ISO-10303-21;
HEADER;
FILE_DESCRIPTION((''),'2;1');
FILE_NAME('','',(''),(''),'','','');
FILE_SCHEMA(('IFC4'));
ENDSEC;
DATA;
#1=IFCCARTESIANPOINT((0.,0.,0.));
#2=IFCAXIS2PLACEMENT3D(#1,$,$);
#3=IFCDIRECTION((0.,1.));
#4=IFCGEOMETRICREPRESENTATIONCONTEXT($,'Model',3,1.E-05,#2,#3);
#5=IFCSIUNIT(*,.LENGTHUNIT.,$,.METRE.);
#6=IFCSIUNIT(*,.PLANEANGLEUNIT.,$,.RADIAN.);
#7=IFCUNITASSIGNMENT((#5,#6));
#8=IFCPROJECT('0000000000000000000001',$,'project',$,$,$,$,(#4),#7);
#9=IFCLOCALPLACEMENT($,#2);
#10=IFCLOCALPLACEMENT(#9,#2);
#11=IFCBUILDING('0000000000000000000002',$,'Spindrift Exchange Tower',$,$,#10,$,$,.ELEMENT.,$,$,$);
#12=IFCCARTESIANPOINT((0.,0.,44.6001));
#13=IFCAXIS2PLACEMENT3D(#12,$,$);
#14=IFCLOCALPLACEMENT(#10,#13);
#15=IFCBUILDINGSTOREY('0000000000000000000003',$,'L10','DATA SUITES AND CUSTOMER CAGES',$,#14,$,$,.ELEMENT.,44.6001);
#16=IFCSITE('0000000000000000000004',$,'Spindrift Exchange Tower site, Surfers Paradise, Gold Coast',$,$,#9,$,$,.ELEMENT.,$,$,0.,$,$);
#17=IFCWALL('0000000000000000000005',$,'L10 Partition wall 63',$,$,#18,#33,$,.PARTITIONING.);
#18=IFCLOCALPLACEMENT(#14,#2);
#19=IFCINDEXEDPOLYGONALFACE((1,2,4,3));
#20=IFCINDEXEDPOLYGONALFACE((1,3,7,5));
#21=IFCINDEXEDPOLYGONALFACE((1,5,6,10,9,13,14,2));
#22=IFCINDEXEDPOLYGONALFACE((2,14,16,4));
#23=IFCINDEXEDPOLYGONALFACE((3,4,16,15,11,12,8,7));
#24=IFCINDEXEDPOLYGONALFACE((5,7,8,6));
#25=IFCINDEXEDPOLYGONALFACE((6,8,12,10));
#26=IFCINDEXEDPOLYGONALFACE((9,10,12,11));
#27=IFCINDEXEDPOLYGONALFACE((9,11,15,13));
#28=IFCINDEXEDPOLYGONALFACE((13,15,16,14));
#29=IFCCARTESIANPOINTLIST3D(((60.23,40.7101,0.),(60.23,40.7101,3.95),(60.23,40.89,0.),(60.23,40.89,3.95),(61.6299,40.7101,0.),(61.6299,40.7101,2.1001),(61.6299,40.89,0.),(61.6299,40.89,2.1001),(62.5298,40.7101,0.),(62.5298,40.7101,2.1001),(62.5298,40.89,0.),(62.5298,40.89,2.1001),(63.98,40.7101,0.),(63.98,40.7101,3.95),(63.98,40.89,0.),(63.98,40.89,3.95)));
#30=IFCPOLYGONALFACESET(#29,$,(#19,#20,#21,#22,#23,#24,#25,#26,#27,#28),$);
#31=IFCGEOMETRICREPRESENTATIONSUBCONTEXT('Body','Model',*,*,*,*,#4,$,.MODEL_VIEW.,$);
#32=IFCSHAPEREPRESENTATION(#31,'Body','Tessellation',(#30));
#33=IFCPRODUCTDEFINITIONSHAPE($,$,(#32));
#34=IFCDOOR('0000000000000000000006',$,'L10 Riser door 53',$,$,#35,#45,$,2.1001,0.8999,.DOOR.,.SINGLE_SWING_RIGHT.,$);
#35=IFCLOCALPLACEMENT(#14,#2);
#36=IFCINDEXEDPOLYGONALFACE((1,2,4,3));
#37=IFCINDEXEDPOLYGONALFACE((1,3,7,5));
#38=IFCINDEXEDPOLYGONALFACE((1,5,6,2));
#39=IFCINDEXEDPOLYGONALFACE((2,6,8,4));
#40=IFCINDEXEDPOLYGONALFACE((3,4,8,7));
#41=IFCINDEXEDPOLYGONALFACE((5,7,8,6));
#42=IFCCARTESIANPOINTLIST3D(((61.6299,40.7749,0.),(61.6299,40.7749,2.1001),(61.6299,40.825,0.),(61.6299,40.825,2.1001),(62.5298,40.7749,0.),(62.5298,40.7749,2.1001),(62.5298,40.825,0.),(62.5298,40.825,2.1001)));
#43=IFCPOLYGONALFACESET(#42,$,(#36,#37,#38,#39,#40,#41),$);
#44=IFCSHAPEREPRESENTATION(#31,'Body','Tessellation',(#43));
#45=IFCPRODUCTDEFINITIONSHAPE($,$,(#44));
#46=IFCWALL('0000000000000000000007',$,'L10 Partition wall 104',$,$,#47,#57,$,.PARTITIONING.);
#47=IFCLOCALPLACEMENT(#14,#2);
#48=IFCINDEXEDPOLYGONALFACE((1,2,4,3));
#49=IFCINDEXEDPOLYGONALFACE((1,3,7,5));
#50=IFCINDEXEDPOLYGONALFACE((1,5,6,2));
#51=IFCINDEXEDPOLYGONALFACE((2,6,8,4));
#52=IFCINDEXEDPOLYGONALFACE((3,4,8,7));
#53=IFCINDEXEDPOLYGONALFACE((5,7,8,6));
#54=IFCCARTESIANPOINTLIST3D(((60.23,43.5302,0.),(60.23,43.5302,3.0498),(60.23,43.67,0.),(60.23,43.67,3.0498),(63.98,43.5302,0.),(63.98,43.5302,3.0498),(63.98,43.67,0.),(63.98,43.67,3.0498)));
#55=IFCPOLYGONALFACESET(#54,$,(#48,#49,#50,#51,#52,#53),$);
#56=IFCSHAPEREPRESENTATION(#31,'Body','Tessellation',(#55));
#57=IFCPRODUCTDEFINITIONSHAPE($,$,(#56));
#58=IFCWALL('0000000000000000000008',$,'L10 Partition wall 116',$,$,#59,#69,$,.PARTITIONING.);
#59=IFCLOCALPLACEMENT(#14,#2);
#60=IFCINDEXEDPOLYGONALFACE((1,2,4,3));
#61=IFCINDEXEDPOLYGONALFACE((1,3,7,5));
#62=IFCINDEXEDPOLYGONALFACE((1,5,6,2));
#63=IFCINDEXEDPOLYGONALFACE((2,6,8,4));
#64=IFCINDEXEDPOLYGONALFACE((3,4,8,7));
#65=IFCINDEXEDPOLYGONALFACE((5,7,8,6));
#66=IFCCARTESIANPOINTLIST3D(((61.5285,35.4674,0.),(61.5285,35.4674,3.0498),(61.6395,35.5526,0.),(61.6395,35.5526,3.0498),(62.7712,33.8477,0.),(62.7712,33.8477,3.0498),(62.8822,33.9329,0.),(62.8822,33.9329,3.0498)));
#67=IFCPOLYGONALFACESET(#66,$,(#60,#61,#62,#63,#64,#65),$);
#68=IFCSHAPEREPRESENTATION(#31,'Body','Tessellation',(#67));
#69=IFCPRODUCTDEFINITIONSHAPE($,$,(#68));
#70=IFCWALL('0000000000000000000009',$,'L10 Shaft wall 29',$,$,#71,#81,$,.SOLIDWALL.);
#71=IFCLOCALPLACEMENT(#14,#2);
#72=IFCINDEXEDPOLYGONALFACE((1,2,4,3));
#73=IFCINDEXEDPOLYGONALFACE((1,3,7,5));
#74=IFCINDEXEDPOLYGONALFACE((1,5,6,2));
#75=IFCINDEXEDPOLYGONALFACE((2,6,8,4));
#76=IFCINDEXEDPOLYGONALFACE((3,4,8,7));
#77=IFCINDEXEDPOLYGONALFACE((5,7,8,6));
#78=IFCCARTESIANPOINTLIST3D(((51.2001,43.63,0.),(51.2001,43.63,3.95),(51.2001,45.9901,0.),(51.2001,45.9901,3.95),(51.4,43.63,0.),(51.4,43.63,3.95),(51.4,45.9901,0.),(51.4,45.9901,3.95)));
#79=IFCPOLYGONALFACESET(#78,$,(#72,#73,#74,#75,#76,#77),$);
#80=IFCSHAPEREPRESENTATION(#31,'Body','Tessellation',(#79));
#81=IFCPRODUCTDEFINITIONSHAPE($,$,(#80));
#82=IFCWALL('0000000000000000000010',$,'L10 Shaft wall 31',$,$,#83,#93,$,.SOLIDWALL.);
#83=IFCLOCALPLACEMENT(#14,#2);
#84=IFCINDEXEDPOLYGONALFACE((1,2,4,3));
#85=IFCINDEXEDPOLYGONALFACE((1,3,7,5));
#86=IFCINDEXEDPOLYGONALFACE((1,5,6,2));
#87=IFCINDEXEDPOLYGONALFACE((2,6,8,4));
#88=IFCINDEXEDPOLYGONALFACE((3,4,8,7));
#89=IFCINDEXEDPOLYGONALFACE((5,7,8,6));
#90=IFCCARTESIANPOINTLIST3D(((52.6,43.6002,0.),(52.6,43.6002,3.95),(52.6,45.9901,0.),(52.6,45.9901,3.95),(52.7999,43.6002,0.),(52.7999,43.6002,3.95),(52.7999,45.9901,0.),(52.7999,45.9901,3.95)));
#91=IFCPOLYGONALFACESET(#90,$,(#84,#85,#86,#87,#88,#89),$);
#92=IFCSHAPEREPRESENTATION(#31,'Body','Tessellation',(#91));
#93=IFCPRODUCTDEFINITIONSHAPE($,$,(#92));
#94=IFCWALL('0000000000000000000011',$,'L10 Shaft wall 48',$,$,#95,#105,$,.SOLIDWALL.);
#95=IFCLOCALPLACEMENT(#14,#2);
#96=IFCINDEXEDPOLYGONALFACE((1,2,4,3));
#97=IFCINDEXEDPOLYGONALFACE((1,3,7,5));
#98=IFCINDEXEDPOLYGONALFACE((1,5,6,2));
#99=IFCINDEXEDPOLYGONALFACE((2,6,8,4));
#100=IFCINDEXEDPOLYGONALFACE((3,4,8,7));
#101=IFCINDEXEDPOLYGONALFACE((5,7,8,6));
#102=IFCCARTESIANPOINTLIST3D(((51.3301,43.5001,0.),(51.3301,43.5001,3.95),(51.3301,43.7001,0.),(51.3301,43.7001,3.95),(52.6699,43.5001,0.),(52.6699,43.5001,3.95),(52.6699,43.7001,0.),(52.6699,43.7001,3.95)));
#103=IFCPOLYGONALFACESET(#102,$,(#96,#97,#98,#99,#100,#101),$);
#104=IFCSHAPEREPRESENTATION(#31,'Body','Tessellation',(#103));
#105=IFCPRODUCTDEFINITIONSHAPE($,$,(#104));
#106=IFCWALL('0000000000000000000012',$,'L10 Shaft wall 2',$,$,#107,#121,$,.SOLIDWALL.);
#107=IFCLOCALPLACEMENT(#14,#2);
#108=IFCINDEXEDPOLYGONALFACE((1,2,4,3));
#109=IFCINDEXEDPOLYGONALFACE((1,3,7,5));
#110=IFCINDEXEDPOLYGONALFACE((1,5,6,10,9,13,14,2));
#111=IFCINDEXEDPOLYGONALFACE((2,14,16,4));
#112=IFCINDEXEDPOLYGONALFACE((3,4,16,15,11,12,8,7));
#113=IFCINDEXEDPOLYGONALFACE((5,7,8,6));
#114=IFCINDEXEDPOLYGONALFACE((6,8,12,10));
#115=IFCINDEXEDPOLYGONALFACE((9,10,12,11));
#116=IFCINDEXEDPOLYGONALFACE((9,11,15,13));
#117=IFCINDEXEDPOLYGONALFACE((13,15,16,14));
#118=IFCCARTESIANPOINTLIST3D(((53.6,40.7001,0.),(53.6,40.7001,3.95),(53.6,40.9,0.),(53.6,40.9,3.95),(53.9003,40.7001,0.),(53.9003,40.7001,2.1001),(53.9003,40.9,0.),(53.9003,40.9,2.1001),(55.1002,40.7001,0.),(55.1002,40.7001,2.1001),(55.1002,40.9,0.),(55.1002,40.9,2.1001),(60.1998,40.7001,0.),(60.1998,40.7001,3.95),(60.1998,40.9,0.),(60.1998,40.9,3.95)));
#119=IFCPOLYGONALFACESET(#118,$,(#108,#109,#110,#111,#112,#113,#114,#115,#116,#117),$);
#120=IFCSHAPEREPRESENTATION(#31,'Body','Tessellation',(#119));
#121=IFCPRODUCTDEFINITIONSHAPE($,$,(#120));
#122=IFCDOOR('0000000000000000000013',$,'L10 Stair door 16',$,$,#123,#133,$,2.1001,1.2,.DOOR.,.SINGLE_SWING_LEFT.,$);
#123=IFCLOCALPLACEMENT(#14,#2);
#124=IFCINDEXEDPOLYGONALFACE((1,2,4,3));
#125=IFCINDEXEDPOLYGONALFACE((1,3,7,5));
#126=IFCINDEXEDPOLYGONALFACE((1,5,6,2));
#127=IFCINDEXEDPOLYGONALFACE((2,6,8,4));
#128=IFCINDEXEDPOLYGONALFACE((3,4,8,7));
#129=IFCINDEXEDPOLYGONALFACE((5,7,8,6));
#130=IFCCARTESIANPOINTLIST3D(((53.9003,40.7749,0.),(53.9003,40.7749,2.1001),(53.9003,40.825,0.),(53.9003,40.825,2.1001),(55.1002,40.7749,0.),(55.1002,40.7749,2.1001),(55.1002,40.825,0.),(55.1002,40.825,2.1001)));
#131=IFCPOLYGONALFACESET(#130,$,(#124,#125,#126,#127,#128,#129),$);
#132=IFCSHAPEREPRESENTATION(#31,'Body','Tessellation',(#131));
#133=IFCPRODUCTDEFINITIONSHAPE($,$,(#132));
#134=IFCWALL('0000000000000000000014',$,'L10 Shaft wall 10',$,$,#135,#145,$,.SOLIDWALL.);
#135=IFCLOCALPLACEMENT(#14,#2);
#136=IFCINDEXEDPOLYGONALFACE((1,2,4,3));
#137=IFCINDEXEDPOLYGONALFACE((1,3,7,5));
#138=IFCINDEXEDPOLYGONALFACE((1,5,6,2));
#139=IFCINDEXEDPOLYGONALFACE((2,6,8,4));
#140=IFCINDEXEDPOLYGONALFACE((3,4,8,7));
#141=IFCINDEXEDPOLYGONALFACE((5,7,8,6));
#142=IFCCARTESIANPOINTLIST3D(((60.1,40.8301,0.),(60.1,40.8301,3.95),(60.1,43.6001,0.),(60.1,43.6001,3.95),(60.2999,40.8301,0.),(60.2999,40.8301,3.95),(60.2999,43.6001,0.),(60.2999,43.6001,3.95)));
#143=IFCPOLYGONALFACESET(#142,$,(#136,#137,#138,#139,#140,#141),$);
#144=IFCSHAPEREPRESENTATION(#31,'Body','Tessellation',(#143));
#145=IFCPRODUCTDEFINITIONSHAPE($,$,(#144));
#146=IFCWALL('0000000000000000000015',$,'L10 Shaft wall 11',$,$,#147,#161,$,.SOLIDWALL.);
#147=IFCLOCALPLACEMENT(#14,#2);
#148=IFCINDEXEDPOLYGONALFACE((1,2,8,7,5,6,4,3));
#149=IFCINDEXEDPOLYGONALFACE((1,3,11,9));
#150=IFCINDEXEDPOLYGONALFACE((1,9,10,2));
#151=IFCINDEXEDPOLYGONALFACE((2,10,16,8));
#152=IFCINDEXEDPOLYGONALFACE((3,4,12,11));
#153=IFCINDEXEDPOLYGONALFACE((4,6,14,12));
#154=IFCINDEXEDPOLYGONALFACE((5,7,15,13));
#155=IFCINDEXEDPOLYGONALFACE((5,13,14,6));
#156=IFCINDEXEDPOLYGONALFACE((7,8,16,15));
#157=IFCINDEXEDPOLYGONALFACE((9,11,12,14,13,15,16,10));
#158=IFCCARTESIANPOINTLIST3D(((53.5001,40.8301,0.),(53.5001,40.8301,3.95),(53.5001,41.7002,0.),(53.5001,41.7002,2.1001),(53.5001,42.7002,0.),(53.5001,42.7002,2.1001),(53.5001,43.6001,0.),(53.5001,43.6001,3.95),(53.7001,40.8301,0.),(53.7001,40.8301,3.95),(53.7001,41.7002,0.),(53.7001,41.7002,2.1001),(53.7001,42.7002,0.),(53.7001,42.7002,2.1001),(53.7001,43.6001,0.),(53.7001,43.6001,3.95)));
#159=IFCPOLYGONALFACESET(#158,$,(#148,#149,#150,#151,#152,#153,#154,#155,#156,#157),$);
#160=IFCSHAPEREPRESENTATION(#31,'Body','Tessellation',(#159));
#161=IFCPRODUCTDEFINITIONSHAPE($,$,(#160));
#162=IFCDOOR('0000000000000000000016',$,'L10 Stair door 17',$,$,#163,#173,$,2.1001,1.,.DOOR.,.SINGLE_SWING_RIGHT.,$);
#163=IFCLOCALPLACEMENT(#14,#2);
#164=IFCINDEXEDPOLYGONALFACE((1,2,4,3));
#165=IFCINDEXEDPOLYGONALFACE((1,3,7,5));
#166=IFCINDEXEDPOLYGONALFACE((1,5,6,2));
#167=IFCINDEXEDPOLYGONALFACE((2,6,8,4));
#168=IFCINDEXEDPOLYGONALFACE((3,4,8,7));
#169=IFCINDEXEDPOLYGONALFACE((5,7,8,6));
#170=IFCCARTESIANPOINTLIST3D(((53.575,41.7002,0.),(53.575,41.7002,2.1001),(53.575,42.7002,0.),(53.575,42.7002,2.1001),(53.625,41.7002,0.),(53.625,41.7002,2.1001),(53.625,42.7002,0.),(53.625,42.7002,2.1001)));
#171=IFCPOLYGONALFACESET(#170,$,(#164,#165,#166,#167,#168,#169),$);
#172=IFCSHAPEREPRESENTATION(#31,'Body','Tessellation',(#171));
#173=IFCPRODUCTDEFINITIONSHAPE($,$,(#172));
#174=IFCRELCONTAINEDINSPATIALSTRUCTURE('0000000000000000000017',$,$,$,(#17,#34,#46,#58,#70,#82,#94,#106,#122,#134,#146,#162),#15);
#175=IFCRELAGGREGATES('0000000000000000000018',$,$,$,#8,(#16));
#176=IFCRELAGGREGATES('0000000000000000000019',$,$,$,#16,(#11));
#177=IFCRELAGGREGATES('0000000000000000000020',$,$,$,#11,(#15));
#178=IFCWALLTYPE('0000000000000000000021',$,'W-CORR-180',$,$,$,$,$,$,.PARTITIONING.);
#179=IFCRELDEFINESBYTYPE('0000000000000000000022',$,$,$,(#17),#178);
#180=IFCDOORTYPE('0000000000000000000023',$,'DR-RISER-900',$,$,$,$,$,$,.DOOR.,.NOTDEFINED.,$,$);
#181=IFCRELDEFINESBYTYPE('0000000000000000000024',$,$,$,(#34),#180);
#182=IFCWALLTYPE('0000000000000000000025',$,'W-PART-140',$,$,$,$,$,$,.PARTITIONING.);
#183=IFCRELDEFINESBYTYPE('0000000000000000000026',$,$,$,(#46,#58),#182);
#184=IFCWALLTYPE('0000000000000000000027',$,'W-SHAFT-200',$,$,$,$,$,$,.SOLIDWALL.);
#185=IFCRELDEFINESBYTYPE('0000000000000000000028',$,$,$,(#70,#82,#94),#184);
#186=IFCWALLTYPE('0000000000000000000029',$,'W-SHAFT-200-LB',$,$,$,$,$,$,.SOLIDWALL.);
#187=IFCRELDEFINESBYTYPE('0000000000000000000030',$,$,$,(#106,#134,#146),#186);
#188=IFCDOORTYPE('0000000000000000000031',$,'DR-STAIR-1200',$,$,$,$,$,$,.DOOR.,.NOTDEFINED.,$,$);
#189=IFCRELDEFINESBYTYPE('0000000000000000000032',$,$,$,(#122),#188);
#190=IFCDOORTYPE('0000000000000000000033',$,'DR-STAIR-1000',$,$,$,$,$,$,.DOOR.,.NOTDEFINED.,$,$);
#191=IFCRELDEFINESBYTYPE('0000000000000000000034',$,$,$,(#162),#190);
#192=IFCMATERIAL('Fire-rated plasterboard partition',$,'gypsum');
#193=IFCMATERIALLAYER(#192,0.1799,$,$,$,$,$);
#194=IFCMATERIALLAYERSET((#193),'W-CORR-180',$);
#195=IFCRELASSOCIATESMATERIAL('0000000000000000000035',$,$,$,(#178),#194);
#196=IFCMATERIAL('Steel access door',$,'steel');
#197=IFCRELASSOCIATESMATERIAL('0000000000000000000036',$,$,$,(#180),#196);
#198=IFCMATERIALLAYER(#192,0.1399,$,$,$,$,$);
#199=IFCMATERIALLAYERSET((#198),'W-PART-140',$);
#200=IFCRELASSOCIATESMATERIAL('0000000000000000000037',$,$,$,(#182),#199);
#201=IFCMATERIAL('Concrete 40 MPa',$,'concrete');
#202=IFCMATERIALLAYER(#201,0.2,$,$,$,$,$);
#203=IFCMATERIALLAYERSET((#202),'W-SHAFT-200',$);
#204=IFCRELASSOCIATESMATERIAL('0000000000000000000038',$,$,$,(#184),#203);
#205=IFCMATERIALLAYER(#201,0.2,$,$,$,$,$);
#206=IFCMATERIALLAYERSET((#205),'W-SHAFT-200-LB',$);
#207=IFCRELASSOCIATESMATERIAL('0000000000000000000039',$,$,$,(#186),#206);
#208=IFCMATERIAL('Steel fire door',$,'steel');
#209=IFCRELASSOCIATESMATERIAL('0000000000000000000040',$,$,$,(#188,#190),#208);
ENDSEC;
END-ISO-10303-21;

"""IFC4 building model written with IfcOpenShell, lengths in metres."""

from ifc_helpers import new_model, si_unit, direction, frame, frame_2d, origin, place, context, subcontext, project, spatial, rectangle, extrude, source, transform, mapped, material, layer, layer_set, type_object, element, fill, save


model = new_model("IFC4")

# Units and contexts
model_context = context("Model", 3, precision=1e-05, world=origin(), true_north=direction((0.0, 1.0)))
body_context = subcontext(model_context, "Body", "Model", "MODEL_VIEW")
ifc_project = project(units=[si_unit("LENGTHUNIT", "METRE"), si_unit("PLANEANGLEUNIT", "RADIAN")], contexts=[model_context])

# Site, building, storey
site_placement = place(None, origin())
site = spatial("IfcSite", under=ifc_project, at=site_placement, Name="Spindrift Exchange Tower site, Surfers Paradise, Gold Coast", CompositionType="ELEMENT", RefElevation=0.0)
building_placement = place(site_placement, origin())
building = spatial("IfcBuilding", under=site, at=building_placement, Name="Spindrift Exchange Tower", CompositionType="ELEMENT")
storey_placement = place(building_placement, frame((0.0, 0.0, 44.6001)))
storey = spatial("IfcBuildingStorey", under=building, at=storey_placement, Name="L10", Description="DATA SUITES AND CUSTOMER CAGES", CompositionType="ELEMENT", Elevation=44.6001)

# Wall, opening, door
ifc_material_1 = material(Name="Fire-rated plasterboard partition", Category="gypsum")
ifc_layer_1 = layer(ifc_material_1, 0.1799)
ifc_layer_set_1 = layer_set([ifc_layer_1], Name="W-CORR-180")
wall_type_1 = type_object("IfcWallType", Name="W-CORR-180", PredefinedType="PARTITIONING", material=ifc_layer_set_1)
wall_1_placement = place(storey_placement, frame((60.23, 40.8, 0.0), z_axis=(0.0, 0.0, 1.0), x_axis=(1.0, 0.0, 0.0)))
wall_1 = element("IfcWall", 1, at=wall_1_placement, inside=storey, type_object=wall_type_1, Name="L10 Partition wall 63", PredefinedType="PARTITIONING", context=body_context, shape_type="SweptSolid", body=[
    extrude(rectangle(XDim=3.75, YDim=0.1799, at=frame_2d((1.875, 0.0))), origin(), (0.0, 0.0, 1.0), 3.95),
])
opening_1_placement = place(wall_1_placement, frame((1.3999, 0.0, 0.0)))
opening_1 = element("IfcOpeningElement", 2, at=opening_1_placement, cuts=wall_1, PredefinedType="OPENING", context=body_context, shape_type="SweptSolid", body=[
    extrude(rectangle(XDim=0.8999, YDim=2.1001, at=frame_2d((0.45, 1.05))), frame((0.0, 0.0999, 0.0), z_axis=(0.0, -1.0, 0.0), x_axis=(1.0, 0.0, 0.0)), (0.0, 0.0, 1.0), 0.2),
])
ifc_material_2 = material(Name="Steel access door", Category="steel")
door_type_1 = type_object("IfcDoorType", Name="DR-RISER-900", OperationType="NOTDEFINED", PredefinedType="DOOR", material=ifc_material_2)
shared_shape_1 = source(origin(), body_context, "Body", "SweptSolid", [
    extrude(rectangle(XDim=0.8999, YDim=2.1001, at=frame_2d((0.45, 1.05))), frame((0.0, 0.0249, 0.0), z_axis=(0.0, -1.0, 0.0), x_axis=(1.0, 0.0, 0.0)), (0.0, 0.0, 1.0), 0.05),
])
door_1_placement = place(opening_1_placement, origin())
door_1 = element("IfcDoor", 3, at=door_1_placement, inside=storey, type_object=door_type_1, Name="L10 Riser door 53", OperationType="SINGLE_SWING_RIGHT", OverallHeight=2.1001, OverallWidth=0.8999, PredefinedType="DOOR", context=body_context, shape_type="MappedRepresentation", body=[
    mapped(shared_shape_1, transform((0.0, 0.0, 0.0), scale=1.0)),
])
fill(opening_1, door_1)

# Walls
ifc_layer_2 = layer(ifc_material_1, 0.1399)
ifc_layer_set_2 = layer_set([ifc_layer_2], Name="W-PART-140")
wall_type_2 = type_object("IfcWallType", Name="W-PART-140", PredefinedType="PARTITIONING", material=ifc_layer_set_2)
wall_2_placement = place(storey_placement, frame((60.23, 43.6001, 0.0), z_axis=(0.0, 0.0, 1.0), x_axis=(1.0, 0.0, 0.0)))
element("IfcWall", 4, at=wall_2_placement, inside=storey, type_object=wall_type_2, Name="L10 Partition wall 104", PredefinedType="PARTITIONING", context=body_context, shape_type="SweptSolid", body=[
    extrude(rectangle(XDim=3.75, YDim=0.1399, at=frame_2d((1.875, 0.0))), origin(), (0.0, 0.0, 1.0), 3.0498),
])
wall_3_placement = place(storey_placement, frame((61.584, 35.51, 0.0), z_axis=(0.0, 0.0, 1.0), x_axis=(0.608728, -0.793379, 0.0)))
element("IfcWall", 5, at=wall_3_placement, inside=storey, type_object=wall_type_2, Name="L10 Partition wall 116", PredefinedType="PARTITIONING", context=body_context, shape_type="SweptSolid", body=[
    extrude(rectangle(XDim=2.0415, YDim=0.1399, at=frame_2d((1.0208, 0.0))), origin(), (0.0, 0.0, 1.0), 3.0498),
])
ifc_material_3 = material(Name="Concrete 40 MPa", Category="concrete")
ifc_layer_3 = layer(ifc_material_3, 0.2)
ifc_layer_set_3 = layer_set([ifc_layer_3], Name="W-SHAFT-200")
wall_type_3 = type_object("IfcWallType", Name="W-SHAFT-200", PredefinedType="SOLIDWALL", material=ifc_layer_set_3)
wall_4_placement = place(storey_placement, frame((51.3, 43.6299, 0.0), z_axis=(0.0, 0.0, 1.0), x_axis=(0.0, 1.0, 0.0)))
element("IfcWall", 6, at=wall_4_placement, inside=storey, type_object=wall_type_3, Name="L10 Shaft wall 29", PredefinedType="SOLIDWALL", context=body_context, shape_type="SweptSolid", body=[
    extrude(rectangle(XDim=2.3601, YDim=0.2, at=frame_2d((1.1802, 0.0))), origin(), (0.0, 0.0, 1.0), 3.95),
])
wall_5_placement = place(storey_placement, frame((52.7, 45.99, 0.0), z_axis=(0.0, 0.0, 1.0), x_axis=(0.0, -1.0, 0.0)))
element("IfcWall", 7, at=wall_5_placement, inside=storey, type_object=wall_type_3, Name="L10 Shaft wall 31", PredefinedType="SOLIDWALL", context=body_context, shape_type="SweptSolid", body=[
    extrude(rectangle(XDim=2.3899, YDim=0.2, at=frame_2d((1.1948, 0.0))), origin(), (0.0, 0.0, 1.0), 3.95),
])
wall_6_placement = place(storey_placement, frame((52.6699, 43.6001, 0.0), z_axis=(0.0, 0.0, 1.0), x_axis=(-1.0, 0.0, 0.0)))
element("IfcWall", 8, at=wall_6_placement, inside=storey, type_object=wall_type_3, Name="L10 Shaft wall 48", PredefinedType="SOLIDWALL", context=body_context, shape_type="SweptSolid", body=[
    extrude(rectangle(XDim=1.3398, YDim=0.2, at=frame_2d((0.6699, 0.0))), origin(), (0.0, 0.0, 1.0), 3.95),
])

# Wall, opening, door
ifc_layer_4 = layer(ifc_material_3, 0.2)
ifc_layer_set_4 = layer_set([ifc_layer_4], Name="W-SHAFT-200-LB")
wall_type_4 = type_object("IfcWallType", Name="W-SHAFT-200-LB", PredefinedType="SOLIDWALL", material=ifc_layer_set_4)
wall_7_placement = place(storey_placement, frame((53.6001, 40.8, 0.0), z_axis=(0.0, 0.0, 1.0), x_axis=(1.0, 0.0, 0.0)))
wall_7 = element("IfcWall", 9, at=wall_7_placement, inside=storey, type_object=wall_type_4, Name="L10 Shaft wall 2", PredefinedType="SOLIDWALL", context=body_context, shape_type="SweptSolid", body=[
    extrude(rectangle(XDim=6.5999, YDim=0.2, at=frame_2d((3.2998, 0.0))), origin(), (0.0, 0.0, 1.0), 3.95),
])
opening_2_placement = place(wall_7_placement, frame((0.3, 0.0, 0.0)))
opening_2 = element("IfcOpeningElement", 10, at=opening_2_placement, cuts=wall_7, PredefinedType="OPENING", context=body_context, shape_type="SweptSolid", body=[
    extrude(rectangle(XDim=1.2, YDim=2.1001, at=frame_2d((0.6001, 1.05))), frame((0.0, 0.1099, 0.0), z_axis=(0.0, -1.0, 0.0), x_axis=(1.0, 0.0, 0.0)), (0.0, 0.0, 1.0), 0.22),
])
ifc_material_4 = material(Name="Steel fire door", Category="steel")
door_type_2 = type_object("IfcDoorType", Name="DR-STAIR-1200", OperationType="NOTDEFINED", PredefinedType="DOOR", material=ifc_material_4)
shared_shape_2 = source(origin(), body_context, "Body", "SweptSolid", [
    extrude(rectangle(XDim=1.2, YDim=2.1001, at=frame_2d((0.6001, 1.05))), frame((0.0, 0.0249, 0.0), z_axis=(0.0, -1.0, 0.0), x_axis=(1.0, 0.0, 0.0)), (0.0, 0.0, 1.0), 0.05),
])
door_2_placement = place(opening_2_placement, origin())
door_2 = element("IfcDoor", 11, at=door_2_placement, inside=storey, type_object=door_type_2, Name="L10 Stair door 16", OperationType="SINGLE_SWING_LEFT", OverallHeight=2.1001, OverallWidth=1.2, PredefinedType="DOOR", context=body_context, shape_type="MappedRepresentation", body=[
    mapped(shared_shape_2, transform((0.0, 0.0, 0.0), scale=1.0)),
])
fill(opening_2, door_2)

# Wall
wall_8_placement = place(storey_placement, frame((60.2, 40.8301, 0.0), z_axis=(0.0, 0.0, 1.0), x_axis=(0.0, 1.0, 0.0)))
element("IfcWall", 12, at=wall_8_placement, inside=storey, type_object=wall_type_4, Name="L10 Shaft wall 10", PredefinedType="SOLIDWALL", context=body_context, shape_type="SweptSolid", body=[
    extrude(rectangle(XDim=2.77, YDim=0.2, at=frame_2d((1.385, 0.0))), origin(), (0.0, 0.0, 1.0), 3.95),
])

# Wall, opening, door
wall_9_placement = place(storey_placement, frame((53.6001, 43.6001, 0.0), z_axis=(0.0, 0.0, 1.0), x_axis=(0.0, -1.0, 0.0)))
wall_9 = element("IfcWall", 13, at=wall_9_placement, inside=storey, type_object=wall_type_4, Name="L10 Shaft wall 11", PredefinedType="SOLIDWALL", context=body_context, shape_type="SweptSolid", body=[
    extrude(rectangle(XDim=2.77, YDim=0.2, at=frame_2d((1.385, 0.0))), origin(), (0.0, 0.0, 1.0), 3.95),
])
opening_3_placement = place(wall_9_placement, frame((0.8999, 0.0, 0.0)))
opening_3 = element("IfcOpeningElement", 14, at=opening_3_placement, cuts=wall_9, PredefinedType="OPENING", context=body_context, shape_type="SweptSolid", body=[
    extrude(rectangle(XDim=1.0, YDim=2.1001, at=frame_2d((0.5, 1.05))), frame((0.0, 0.1099, 0.0), z_axis=(0.0, -1.0, 0.0), x_axis=(1.0, 0.0, 0.0)), (0.0, 0.0, 1.0), 0.22),
])
door_type_3 = type_object("IfcDoorType", Name="DR-STAIR-1000", OperationType="NOTDEFINED", PredefinedType="DOOR", material=ifc_material_4)
shared_shape_3 = source(origin(), body_context, "Body", "SweptSolid", [
    extrude(rectangle(XDim=1.0, YDim=2.1001, at=frame_2d((0.5, 1.05))), frame((0.0, 0.0249, 0.0), z_axis=(0.0, -1.0, 0.0), x_axis=(1.0, 0.0, 0.0)), (0.0, 0.0, 1.0), 0.05),
])
door_3_placement = place(opening_3_placement, origin())
door_3 = element("IfcDoor", 15, at=door_3_placement, inside=storey, type_object=door_type_3, Name="L10 Stair door 17", OperationType="SINGLE_SWING_RIGHT", OverallHeight=2.1001, OverallWidth=1.0, PredefinedType="DOOR", context=body_context, shape_type="MappedRepresentation", body=[
    mapped(shared_shape_3, transform((0.0, 0.0, 0.0), scale=1.0)),
])
fill(opening_3, door_3)

save(model, "model.ifc")
